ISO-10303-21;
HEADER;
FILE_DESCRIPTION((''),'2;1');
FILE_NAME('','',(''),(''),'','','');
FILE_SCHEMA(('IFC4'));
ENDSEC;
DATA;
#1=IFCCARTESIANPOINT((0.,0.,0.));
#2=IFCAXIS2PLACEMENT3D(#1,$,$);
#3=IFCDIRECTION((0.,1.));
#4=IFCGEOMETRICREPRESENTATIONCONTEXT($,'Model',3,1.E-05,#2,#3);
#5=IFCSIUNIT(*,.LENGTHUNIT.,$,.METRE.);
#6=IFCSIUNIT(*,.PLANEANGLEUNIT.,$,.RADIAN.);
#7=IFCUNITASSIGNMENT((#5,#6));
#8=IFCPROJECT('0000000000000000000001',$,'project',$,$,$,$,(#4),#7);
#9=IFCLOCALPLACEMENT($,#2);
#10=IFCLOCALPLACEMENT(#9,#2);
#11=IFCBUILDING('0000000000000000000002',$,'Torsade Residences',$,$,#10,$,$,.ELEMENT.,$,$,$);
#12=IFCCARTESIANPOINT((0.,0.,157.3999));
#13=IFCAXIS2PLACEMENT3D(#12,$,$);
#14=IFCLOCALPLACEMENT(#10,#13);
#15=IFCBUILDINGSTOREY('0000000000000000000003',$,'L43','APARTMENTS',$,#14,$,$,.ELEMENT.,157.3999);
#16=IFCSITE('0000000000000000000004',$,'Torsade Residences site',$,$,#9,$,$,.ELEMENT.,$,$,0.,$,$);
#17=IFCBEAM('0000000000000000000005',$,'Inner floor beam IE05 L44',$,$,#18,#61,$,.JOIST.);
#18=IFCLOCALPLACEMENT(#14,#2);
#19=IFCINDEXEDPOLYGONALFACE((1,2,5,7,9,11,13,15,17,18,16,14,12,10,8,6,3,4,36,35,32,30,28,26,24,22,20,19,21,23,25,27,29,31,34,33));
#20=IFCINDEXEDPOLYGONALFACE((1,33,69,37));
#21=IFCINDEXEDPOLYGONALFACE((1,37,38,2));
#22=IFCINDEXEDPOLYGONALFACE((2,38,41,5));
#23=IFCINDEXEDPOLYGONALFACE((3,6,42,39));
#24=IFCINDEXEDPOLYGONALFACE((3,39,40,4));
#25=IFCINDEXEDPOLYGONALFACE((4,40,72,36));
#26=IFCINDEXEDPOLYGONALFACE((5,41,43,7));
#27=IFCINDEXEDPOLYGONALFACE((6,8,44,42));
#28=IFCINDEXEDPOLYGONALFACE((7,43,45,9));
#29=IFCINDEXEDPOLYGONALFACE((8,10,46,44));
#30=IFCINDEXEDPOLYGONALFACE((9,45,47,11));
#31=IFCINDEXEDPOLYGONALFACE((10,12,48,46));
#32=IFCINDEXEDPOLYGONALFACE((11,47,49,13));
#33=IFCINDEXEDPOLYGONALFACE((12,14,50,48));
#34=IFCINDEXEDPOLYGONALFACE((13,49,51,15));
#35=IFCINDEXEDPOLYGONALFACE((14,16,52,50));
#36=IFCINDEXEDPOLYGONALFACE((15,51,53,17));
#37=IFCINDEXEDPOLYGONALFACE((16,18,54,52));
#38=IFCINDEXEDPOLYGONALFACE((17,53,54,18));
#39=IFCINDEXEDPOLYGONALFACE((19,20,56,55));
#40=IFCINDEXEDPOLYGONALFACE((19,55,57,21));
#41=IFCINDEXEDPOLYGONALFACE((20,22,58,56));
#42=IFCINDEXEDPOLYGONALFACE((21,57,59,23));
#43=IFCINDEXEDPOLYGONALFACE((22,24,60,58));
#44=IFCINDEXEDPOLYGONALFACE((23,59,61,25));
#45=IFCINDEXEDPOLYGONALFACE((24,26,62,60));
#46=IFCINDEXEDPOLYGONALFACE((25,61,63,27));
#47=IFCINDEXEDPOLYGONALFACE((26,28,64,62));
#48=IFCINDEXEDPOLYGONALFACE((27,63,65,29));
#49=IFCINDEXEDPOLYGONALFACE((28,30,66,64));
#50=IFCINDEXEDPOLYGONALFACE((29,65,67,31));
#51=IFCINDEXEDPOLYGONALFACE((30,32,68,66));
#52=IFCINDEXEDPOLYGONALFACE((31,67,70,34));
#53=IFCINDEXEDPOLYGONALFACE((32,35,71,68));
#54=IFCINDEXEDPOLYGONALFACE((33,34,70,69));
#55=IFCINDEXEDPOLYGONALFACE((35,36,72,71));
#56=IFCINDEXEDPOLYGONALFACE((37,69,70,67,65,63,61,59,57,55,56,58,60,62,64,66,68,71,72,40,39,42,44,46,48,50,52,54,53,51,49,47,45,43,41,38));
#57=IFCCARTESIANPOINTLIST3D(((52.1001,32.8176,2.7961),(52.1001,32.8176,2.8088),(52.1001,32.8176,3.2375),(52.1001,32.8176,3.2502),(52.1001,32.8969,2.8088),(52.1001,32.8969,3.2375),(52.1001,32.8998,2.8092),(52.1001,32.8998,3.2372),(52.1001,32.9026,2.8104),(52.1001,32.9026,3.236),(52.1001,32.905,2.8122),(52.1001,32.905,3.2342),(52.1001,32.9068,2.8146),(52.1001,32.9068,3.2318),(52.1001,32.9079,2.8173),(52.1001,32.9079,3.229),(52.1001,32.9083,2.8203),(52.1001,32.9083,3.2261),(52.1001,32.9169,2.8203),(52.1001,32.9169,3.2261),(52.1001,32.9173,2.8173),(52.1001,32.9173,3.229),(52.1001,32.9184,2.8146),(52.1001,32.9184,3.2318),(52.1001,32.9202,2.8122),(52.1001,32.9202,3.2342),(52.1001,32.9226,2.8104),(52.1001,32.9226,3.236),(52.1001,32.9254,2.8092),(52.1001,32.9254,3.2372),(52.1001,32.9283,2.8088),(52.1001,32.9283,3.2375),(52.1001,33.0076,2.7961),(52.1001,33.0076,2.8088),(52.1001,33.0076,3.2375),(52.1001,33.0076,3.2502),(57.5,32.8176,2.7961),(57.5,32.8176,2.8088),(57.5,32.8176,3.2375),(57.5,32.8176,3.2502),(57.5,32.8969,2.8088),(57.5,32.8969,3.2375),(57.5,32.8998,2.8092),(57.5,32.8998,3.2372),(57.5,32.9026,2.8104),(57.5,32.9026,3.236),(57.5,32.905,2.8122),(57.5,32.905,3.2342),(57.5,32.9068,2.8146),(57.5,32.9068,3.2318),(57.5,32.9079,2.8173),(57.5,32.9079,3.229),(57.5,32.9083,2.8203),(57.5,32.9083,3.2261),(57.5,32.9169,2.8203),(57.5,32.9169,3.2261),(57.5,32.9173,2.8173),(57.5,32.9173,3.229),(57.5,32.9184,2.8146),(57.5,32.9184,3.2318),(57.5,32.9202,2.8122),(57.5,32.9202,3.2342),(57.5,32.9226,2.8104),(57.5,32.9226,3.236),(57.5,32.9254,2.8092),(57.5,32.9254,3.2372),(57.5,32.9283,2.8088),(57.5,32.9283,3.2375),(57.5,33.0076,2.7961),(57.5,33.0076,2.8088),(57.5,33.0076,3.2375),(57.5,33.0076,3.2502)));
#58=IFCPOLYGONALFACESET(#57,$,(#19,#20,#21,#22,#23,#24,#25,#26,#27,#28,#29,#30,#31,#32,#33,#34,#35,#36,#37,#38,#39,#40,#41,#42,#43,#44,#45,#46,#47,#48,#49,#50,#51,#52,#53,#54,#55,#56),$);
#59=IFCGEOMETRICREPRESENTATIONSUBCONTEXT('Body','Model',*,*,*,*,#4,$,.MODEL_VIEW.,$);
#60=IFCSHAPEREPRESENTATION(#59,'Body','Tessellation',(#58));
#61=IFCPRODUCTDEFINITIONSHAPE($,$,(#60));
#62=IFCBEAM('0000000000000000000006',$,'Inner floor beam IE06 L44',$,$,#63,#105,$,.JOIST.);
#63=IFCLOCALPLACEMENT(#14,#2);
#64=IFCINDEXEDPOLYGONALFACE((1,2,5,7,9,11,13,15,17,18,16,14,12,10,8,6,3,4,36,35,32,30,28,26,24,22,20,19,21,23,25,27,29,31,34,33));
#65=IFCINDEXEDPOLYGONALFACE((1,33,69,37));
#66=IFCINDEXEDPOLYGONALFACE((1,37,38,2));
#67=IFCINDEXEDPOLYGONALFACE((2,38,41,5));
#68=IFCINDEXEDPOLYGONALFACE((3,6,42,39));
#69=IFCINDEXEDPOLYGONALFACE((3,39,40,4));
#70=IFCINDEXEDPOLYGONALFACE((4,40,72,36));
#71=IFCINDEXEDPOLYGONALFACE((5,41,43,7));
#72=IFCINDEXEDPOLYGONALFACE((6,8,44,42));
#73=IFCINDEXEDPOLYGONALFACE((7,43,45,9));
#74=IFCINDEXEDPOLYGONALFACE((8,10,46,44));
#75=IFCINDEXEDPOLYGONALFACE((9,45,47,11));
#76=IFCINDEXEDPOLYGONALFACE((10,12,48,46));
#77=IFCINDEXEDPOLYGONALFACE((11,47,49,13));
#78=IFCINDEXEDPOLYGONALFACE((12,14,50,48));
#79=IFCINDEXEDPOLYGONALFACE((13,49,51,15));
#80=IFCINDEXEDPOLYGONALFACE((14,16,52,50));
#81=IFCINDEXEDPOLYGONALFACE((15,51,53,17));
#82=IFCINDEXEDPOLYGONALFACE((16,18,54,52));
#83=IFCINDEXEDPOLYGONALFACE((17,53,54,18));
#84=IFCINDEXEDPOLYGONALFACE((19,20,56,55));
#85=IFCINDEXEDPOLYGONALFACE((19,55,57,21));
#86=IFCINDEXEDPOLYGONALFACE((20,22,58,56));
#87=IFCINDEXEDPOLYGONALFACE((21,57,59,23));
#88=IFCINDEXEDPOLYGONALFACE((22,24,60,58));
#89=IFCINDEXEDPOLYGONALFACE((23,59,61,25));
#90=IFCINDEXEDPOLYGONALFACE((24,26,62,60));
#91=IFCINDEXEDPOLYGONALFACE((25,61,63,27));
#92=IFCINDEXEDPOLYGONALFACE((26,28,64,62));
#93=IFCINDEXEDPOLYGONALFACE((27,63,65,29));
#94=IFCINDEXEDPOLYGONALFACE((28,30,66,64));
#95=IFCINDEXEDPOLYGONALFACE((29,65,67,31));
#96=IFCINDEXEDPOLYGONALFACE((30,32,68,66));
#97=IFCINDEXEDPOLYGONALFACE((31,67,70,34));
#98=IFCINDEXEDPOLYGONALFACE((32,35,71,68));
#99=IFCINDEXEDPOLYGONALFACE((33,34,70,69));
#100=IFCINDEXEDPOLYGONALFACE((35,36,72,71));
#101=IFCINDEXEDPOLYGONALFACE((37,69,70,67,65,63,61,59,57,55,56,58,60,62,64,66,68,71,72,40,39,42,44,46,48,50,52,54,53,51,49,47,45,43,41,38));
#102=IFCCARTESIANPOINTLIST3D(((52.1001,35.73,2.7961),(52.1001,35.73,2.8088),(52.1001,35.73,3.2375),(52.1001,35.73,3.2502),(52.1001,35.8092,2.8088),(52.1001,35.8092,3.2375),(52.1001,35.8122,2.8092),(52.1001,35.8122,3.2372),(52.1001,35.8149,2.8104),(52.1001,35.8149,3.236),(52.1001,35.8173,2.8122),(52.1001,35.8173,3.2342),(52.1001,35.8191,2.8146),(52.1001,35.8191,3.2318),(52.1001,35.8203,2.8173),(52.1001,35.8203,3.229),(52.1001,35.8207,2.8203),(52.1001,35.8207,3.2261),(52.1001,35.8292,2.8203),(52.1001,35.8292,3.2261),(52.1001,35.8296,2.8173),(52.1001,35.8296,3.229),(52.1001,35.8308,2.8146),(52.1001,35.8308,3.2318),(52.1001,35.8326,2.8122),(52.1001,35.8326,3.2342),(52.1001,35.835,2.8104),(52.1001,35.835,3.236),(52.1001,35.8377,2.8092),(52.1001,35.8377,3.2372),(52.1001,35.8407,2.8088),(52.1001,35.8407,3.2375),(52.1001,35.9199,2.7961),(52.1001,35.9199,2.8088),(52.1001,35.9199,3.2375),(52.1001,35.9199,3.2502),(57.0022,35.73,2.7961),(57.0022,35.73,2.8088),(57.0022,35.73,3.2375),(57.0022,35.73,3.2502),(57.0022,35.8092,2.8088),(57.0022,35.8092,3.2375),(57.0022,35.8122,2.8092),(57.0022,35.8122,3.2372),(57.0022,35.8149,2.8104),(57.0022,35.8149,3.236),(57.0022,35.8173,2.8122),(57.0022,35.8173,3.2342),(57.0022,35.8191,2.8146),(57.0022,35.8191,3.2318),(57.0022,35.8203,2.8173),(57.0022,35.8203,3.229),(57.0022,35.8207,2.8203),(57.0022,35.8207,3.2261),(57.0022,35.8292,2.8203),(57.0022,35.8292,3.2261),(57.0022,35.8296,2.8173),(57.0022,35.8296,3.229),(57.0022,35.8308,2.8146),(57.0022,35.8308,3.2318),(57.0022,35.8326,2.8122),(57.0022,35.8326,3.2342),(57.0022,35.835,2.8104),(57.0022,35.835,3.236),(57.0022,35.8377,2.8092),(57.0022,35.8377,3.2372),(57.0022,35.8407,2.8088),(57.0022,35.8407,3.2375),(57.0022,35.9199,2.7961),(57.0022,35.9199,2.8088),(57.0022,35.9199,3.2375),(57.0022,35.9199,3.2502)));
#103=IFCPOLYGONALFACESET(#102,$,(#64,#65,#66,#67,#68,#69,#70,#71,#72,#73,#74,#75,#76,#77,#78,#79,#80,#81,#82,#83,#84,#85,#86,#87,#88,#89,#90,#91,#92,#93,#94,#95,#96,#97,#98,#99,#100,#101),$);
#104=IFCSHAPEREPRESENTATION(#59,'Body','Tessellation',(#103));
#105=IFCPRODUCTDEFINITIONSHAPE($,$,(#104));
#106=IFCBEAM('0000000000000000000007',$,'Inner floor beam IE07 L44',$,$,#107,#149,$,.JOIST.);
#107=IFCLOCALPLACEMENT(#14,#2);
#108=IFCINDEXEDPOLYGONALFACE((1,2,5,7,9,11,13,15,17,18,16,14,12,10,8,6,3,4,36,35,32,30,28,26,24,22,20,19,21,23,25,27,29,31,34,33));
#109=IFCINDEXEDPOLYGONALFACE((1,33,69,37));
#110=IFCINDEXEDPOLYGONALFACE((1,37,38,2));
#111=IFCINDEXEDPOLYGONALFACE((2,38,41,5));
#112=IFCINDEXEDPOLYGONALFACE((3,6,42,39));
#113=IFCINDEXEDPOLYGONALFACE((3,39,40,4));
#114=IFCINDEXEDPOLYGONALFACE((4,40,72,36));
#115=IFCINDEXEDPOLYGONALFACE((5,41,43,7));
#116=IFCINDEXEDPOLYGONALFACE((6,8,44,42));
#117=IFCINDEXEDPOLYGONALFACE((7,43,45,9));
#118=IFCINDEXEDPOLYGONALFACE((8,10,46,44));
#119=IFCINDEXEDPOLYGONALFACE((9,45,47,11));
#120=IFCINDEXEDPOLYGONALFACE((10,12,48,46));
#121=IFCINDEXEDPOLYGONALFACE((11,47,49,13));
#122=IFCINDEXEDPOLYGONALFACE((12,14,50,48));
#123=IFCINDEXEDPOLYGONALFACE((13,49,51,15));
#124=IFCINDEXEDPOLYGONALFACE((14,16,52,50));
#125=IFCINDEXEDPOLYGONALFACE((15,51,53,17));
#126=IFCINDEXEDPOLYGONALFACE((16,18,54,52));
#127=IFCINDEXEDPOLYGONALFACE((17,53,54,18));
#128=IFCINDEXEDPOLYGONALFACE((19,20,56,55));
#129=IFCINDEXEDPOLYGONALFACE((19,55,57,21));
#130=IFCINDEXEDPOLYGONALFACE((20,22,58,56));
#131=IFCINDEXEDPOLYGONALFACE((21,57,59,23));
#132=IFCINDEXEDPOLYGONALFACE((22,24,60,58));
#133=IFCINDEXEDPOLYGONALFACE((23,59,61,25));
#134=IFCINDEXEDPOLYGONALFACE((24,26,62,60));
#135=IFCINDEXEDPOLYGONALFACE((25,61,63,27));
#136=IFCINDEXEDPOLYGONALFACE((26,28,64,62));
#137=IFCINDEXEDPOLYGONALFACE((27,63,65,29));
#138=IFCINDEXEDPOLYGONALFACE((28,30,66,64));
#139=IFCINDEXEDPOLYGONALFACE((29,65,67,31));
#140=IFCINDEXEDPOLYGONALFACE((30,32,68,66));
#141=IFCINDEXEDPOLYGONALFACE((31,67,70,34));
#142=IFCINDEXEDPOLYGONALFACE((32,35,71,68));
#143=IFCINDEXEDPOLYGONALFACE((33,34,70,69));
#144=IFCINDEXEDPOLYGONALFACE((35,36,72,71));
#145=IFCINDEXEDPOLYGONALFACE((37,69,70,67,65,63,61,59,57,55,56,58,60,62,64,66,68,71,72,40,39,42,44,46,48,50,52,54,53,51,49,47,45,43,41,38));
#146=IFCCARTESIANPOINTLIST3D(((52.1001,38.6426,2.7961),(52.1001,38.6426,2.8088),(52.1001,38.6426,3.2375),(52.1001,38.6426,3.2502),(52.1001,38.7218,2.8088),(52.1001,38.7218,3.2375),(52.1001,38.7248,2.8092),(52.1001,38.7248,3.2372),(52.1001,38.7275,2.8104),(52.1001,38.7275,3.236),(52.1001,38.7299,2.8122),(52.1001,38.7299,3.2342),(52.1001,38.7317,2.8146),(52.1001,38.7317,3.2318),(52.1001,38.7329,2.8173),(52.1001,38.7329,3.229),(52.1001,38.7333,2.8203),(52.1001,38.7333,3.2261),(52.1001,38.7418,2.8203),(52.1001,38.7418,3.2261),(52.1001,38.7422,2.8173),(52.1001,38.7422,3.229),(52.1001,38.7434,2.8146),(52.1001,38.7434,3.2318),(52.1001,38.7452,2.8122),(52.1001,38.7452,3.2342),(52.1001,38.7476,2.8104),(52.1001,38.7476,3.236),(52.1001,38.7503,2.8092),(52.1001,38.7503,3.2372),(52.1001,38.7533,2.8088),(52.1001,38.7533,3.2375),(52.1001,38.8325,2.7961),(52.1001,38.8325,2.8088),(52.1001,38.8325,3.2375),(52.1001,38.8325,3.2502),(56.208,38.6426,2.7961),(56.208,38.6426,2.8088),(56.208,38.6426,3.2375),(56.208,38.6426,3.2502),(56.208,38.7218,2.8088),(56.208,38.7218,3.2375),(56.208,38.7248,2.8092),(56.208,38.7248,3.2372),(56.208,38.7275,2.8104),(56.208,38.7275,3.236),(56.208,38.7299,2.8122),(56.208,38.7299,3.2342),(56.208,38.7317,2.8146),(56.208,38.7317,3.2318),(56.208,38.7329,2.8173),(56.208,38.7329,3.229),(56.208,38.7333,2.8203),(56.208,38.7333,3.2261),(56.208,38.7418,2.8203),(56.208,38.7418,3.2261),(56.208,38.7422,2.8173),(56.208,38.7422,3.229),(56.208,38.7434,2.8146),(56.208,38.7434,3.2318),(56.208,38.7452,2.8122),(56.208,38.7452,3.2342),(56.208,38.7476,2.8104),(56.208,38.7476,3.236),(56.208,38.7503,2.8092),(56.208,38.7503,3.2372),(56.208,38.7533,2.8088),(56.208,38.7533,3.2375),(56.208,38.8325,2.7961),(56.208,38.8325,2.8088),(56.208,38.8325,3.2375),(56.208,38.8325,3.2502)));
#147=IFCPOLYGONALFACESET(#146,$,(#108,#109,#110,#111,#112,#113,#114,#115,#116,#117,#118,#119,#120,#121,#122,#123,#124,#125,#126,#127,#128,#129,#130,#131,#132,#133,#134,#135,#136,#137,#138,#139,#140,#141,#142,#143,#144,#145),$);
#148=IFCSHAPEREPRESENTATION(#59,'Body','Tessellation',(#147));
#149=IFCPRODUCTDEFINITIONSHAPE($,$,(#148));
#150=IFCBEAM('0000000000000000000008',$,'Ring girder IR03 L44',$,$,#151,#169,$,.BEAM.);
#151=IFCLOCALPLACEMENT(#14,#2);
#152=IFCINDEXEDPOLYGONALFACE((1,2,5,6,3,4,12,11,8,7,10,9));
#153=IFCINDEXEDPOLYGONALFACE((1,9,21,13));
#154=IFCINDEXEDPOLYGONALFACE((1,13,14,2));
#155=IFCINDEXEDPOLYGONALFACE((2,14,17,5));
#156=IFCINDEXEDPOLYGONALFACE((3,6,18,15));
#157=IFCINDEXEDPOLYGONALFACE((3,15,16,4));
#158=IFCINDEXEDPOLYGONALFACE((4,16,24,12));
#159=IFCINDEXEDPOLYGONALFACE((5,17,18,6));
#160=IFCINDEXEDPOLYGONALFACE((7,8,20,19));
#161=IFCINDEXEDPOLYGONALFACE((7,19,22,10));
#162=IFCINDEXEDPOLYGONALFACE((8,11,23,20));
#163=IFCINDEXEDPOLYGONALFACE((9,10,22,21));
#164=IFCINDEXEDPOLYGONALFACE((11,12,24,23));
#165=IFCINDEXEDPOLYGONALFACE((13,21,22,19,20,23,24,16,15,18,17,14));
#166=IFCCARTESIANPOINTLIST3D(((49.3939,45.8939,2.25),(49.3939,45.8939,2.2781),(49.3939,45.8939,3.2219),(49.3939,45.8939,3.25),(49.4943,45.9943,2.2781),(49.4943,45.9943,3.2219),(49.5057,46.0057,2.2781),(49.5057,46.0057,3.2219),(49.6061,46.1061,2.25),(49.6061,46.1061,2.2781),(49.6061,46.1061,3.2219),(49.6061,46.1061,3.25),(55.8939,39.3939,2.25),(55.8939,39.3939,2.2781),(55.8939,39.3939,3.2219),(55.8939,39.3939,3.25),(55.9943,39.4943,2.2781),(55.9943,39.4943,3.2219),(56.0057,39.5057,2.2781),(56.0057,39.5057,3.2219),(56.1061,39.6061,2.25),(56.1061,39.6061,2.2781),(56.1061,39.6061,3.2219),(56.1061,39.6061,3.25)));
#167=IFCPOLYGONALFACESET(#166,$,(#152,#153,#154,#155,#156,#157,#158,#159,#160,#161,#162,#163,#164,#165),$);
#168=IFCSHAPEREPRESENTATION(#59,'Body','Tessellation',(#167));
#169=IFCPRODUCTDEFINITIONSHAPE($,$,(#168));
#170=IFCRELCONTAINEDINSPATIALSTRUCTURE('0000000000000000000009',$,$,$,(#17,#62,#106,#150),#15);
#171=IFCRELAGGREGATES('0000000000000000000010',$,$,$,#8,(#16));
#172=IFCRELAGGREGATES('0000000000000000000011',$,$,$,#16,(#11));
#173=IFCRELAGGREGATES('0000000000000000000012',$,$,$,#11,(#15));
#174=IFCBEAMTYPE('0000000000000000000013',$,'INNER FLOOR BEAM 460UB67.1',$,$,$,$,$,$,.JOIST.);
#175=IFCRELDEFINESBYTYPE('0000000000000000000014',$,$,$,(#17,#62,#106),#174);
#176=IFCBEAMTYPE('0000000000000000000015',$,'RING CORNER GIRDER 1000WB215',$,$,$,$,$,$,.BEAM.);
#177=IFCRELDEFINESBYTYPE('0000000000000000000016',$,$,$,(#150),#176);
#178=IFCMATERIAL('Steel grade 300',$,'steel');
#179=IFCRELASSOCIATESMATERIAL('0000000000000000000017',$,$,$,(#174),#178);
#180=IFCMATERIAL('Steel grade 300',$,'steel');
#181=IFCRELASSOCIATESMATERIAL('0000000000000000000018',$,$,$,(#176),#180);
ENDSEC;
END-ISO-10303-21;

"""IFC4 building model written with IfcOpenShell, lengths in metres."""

from ifc_helpers import new_model, si_unit, direction, frame, origin, origin_2d, place, context, subcontext, project, spatial, i_section, extrude, material, material_profile, profile_set, type_object, element, save


model = new_model("IFC4")

# Units and contexts
model_context = context("Model", 3, precision=1e-05, world=origin(), true_north=direction((0.0, 1.0)))
body_context = subcontext(model_context, "Body", "Model", "MODEL_VIEW")
ifc_project = project(units=[si_unit("LENGTHUNIT", "METRE"), si_unit("PLANEANGLEUNIT", "RADIAN")], contexts=[model_context])

# Site, building, storey
site_placement = place(None, origin())
site = spatial("IfcSite", under=ifc_project, at=site_placement, Name="Torsade Residences site", CompositionType="ELEMENT", RefElevation=0.0)
building_placement = place(site_placement, origin())
building = spatial("IfcBuilding", under=site, at=building_placement, Name="Torsade Residences", CompositionType="ELEMENT")
storey_placement = place(building_placement, frame((0.0, 0.0, 157.3999)))
storey = spatial("IfcBuildingStorey", under=building, at=storey_placement, Name="L43", Description="APARTMENTS", CompositionType="ELEMENT", Elevation=157.3999)

# Beams
ifc_material_1 = material(Name="Steel grade 300", Category="steel")
ifc_material_profile_1 = material_profile(ifc_material_1, i_section(OverallWidth=0.1899, OverallDepth=0.4541, WebThickness=0.0085, FlangeThickness=0.0127, FilletRadius=0.0115, at=origin_2d()), Name="460UB67.1")
ifc_profile_set_1 = profile_set([ifc_material_profile_1], Name="Steel grade 300")
beam_type_1 = type_object("IfcBeamType", Name="INNER FLOOR BEAM 460UB67.1", PredefinedType="JOIST", material=ifc_profile_set_1)
for number, where, z_axis, x_axis, name in (
    (1, (52.1001, 32.9126, 3.0232), (1.0, 0.0, 0.0), (0.0, 1.0, 0.0), "Inner floor beam IE05 L44"),
):
    element("IfcBeam", number, at=place(storey_placement, frame(where, z_axis=z_axis, x_axis=x_axis)), inside=storey, type_object=beam_type_1, Name=name, PredefinedType="JOIST", context=body_context, shape_type="SweptSolid", body=[
        extrude(i_section(OverallWidth=0.1899, OverallDepth=0.4541, WebThickness=0.0085, FlangeThickness=0.0127, FilletRadius=0.0115, at=origin_2d()), origin(), (0.0, 0.0, 1.0), 5.3999),
    ])
beam_1_placement = place(storey_placement, frame((52.1001, 35.825, 3.0232), z_axis=(1.0, 0.0, 0.0), x_axis=(0.0, 1.0, 0.0)))
element("IfcBeam", 2, at=beam_1_placement, inside=storey, type_object=beam_type_1, Name="Inner floor beam IE06 L44", PredefinedType="JOIST", context=body_context, shape_type="SweptSolid", body=[
    extrude(i_section(OverallWidth=0.1899, OverallDepth=0.4541, WebThickness=0.0085, FlangeThickness=0.0127, FilletRadius=0.0115, at=origin_2d()), origin(), (0.0, 0.0, 1.0), 4.9021),
])
beam_2_placement = place(storey_placement, frame((52.1001, 38.7375, 3.0232), z_axis=(1.0, 0.0, 0.0), x_axis=(0.0, 1.0, 0.0)))
element("IfcBeam", 3, at=beam_2_placement, inside=storey, type_object=beam_type_1, Name="Inner floor beam IE07 L44", PredefinedType="JOIST", context=body_context, shape_type="SweptSolid", body=[
    extrude(i_section(OverallWidth=0.1899, OverallDepth=0.4541, WebThickness=0.0085, FlangeThickness=0.0127, FilletRadius=0.0115, at=origin_2d()), origin(), (0.0, 0.0, 1.0), 4.1079),
])
ifc_material_2 = material(Name="Steel grade 300", Category="steel")
ifc_material_profile_2 = material_profile(ifc_material_2, i_section(OverallWidth=0.3, OverallDepth=1.0, WebThickness=0.0161, FlangeThickness=0.0281, at=origin_2d()), Name="1000WB215")
ifc_profile_set_2 = profile_set([ifc_material_profile_2], Name="Steel grade 300")
beam_type_2 = type_object("IfcBeamType", Name="RING CORNER GIRDER 1000WB215", PredefinedType="BEAM", material=ifc_profile_set_2)
beam_3_placement = place(storey_placement, frame((56.0, 39.5, 2.75), z_axis=(-0.707107, 0.707107, 0.0), x_axis=(-0.707107, -0.707107, 0.0)))
element("IfcBeam", 4, at=beam_3_placement, inside=storey, type_object=beam_type_2, Name="Ring girder IR03 L44", PredefinedType="BEAM", context=body_context, shape_type="SweptSolid", body=[
    extrude(i_section(OverallWidth=0.3, OverallDepth=1.0, WebThickness=0.0161, FlangeThickness=0.0281, at=origin_2d()), origin(), (0.0, 0.0, 1.0), 9.1924),
])

save(model, "model.ifc")
